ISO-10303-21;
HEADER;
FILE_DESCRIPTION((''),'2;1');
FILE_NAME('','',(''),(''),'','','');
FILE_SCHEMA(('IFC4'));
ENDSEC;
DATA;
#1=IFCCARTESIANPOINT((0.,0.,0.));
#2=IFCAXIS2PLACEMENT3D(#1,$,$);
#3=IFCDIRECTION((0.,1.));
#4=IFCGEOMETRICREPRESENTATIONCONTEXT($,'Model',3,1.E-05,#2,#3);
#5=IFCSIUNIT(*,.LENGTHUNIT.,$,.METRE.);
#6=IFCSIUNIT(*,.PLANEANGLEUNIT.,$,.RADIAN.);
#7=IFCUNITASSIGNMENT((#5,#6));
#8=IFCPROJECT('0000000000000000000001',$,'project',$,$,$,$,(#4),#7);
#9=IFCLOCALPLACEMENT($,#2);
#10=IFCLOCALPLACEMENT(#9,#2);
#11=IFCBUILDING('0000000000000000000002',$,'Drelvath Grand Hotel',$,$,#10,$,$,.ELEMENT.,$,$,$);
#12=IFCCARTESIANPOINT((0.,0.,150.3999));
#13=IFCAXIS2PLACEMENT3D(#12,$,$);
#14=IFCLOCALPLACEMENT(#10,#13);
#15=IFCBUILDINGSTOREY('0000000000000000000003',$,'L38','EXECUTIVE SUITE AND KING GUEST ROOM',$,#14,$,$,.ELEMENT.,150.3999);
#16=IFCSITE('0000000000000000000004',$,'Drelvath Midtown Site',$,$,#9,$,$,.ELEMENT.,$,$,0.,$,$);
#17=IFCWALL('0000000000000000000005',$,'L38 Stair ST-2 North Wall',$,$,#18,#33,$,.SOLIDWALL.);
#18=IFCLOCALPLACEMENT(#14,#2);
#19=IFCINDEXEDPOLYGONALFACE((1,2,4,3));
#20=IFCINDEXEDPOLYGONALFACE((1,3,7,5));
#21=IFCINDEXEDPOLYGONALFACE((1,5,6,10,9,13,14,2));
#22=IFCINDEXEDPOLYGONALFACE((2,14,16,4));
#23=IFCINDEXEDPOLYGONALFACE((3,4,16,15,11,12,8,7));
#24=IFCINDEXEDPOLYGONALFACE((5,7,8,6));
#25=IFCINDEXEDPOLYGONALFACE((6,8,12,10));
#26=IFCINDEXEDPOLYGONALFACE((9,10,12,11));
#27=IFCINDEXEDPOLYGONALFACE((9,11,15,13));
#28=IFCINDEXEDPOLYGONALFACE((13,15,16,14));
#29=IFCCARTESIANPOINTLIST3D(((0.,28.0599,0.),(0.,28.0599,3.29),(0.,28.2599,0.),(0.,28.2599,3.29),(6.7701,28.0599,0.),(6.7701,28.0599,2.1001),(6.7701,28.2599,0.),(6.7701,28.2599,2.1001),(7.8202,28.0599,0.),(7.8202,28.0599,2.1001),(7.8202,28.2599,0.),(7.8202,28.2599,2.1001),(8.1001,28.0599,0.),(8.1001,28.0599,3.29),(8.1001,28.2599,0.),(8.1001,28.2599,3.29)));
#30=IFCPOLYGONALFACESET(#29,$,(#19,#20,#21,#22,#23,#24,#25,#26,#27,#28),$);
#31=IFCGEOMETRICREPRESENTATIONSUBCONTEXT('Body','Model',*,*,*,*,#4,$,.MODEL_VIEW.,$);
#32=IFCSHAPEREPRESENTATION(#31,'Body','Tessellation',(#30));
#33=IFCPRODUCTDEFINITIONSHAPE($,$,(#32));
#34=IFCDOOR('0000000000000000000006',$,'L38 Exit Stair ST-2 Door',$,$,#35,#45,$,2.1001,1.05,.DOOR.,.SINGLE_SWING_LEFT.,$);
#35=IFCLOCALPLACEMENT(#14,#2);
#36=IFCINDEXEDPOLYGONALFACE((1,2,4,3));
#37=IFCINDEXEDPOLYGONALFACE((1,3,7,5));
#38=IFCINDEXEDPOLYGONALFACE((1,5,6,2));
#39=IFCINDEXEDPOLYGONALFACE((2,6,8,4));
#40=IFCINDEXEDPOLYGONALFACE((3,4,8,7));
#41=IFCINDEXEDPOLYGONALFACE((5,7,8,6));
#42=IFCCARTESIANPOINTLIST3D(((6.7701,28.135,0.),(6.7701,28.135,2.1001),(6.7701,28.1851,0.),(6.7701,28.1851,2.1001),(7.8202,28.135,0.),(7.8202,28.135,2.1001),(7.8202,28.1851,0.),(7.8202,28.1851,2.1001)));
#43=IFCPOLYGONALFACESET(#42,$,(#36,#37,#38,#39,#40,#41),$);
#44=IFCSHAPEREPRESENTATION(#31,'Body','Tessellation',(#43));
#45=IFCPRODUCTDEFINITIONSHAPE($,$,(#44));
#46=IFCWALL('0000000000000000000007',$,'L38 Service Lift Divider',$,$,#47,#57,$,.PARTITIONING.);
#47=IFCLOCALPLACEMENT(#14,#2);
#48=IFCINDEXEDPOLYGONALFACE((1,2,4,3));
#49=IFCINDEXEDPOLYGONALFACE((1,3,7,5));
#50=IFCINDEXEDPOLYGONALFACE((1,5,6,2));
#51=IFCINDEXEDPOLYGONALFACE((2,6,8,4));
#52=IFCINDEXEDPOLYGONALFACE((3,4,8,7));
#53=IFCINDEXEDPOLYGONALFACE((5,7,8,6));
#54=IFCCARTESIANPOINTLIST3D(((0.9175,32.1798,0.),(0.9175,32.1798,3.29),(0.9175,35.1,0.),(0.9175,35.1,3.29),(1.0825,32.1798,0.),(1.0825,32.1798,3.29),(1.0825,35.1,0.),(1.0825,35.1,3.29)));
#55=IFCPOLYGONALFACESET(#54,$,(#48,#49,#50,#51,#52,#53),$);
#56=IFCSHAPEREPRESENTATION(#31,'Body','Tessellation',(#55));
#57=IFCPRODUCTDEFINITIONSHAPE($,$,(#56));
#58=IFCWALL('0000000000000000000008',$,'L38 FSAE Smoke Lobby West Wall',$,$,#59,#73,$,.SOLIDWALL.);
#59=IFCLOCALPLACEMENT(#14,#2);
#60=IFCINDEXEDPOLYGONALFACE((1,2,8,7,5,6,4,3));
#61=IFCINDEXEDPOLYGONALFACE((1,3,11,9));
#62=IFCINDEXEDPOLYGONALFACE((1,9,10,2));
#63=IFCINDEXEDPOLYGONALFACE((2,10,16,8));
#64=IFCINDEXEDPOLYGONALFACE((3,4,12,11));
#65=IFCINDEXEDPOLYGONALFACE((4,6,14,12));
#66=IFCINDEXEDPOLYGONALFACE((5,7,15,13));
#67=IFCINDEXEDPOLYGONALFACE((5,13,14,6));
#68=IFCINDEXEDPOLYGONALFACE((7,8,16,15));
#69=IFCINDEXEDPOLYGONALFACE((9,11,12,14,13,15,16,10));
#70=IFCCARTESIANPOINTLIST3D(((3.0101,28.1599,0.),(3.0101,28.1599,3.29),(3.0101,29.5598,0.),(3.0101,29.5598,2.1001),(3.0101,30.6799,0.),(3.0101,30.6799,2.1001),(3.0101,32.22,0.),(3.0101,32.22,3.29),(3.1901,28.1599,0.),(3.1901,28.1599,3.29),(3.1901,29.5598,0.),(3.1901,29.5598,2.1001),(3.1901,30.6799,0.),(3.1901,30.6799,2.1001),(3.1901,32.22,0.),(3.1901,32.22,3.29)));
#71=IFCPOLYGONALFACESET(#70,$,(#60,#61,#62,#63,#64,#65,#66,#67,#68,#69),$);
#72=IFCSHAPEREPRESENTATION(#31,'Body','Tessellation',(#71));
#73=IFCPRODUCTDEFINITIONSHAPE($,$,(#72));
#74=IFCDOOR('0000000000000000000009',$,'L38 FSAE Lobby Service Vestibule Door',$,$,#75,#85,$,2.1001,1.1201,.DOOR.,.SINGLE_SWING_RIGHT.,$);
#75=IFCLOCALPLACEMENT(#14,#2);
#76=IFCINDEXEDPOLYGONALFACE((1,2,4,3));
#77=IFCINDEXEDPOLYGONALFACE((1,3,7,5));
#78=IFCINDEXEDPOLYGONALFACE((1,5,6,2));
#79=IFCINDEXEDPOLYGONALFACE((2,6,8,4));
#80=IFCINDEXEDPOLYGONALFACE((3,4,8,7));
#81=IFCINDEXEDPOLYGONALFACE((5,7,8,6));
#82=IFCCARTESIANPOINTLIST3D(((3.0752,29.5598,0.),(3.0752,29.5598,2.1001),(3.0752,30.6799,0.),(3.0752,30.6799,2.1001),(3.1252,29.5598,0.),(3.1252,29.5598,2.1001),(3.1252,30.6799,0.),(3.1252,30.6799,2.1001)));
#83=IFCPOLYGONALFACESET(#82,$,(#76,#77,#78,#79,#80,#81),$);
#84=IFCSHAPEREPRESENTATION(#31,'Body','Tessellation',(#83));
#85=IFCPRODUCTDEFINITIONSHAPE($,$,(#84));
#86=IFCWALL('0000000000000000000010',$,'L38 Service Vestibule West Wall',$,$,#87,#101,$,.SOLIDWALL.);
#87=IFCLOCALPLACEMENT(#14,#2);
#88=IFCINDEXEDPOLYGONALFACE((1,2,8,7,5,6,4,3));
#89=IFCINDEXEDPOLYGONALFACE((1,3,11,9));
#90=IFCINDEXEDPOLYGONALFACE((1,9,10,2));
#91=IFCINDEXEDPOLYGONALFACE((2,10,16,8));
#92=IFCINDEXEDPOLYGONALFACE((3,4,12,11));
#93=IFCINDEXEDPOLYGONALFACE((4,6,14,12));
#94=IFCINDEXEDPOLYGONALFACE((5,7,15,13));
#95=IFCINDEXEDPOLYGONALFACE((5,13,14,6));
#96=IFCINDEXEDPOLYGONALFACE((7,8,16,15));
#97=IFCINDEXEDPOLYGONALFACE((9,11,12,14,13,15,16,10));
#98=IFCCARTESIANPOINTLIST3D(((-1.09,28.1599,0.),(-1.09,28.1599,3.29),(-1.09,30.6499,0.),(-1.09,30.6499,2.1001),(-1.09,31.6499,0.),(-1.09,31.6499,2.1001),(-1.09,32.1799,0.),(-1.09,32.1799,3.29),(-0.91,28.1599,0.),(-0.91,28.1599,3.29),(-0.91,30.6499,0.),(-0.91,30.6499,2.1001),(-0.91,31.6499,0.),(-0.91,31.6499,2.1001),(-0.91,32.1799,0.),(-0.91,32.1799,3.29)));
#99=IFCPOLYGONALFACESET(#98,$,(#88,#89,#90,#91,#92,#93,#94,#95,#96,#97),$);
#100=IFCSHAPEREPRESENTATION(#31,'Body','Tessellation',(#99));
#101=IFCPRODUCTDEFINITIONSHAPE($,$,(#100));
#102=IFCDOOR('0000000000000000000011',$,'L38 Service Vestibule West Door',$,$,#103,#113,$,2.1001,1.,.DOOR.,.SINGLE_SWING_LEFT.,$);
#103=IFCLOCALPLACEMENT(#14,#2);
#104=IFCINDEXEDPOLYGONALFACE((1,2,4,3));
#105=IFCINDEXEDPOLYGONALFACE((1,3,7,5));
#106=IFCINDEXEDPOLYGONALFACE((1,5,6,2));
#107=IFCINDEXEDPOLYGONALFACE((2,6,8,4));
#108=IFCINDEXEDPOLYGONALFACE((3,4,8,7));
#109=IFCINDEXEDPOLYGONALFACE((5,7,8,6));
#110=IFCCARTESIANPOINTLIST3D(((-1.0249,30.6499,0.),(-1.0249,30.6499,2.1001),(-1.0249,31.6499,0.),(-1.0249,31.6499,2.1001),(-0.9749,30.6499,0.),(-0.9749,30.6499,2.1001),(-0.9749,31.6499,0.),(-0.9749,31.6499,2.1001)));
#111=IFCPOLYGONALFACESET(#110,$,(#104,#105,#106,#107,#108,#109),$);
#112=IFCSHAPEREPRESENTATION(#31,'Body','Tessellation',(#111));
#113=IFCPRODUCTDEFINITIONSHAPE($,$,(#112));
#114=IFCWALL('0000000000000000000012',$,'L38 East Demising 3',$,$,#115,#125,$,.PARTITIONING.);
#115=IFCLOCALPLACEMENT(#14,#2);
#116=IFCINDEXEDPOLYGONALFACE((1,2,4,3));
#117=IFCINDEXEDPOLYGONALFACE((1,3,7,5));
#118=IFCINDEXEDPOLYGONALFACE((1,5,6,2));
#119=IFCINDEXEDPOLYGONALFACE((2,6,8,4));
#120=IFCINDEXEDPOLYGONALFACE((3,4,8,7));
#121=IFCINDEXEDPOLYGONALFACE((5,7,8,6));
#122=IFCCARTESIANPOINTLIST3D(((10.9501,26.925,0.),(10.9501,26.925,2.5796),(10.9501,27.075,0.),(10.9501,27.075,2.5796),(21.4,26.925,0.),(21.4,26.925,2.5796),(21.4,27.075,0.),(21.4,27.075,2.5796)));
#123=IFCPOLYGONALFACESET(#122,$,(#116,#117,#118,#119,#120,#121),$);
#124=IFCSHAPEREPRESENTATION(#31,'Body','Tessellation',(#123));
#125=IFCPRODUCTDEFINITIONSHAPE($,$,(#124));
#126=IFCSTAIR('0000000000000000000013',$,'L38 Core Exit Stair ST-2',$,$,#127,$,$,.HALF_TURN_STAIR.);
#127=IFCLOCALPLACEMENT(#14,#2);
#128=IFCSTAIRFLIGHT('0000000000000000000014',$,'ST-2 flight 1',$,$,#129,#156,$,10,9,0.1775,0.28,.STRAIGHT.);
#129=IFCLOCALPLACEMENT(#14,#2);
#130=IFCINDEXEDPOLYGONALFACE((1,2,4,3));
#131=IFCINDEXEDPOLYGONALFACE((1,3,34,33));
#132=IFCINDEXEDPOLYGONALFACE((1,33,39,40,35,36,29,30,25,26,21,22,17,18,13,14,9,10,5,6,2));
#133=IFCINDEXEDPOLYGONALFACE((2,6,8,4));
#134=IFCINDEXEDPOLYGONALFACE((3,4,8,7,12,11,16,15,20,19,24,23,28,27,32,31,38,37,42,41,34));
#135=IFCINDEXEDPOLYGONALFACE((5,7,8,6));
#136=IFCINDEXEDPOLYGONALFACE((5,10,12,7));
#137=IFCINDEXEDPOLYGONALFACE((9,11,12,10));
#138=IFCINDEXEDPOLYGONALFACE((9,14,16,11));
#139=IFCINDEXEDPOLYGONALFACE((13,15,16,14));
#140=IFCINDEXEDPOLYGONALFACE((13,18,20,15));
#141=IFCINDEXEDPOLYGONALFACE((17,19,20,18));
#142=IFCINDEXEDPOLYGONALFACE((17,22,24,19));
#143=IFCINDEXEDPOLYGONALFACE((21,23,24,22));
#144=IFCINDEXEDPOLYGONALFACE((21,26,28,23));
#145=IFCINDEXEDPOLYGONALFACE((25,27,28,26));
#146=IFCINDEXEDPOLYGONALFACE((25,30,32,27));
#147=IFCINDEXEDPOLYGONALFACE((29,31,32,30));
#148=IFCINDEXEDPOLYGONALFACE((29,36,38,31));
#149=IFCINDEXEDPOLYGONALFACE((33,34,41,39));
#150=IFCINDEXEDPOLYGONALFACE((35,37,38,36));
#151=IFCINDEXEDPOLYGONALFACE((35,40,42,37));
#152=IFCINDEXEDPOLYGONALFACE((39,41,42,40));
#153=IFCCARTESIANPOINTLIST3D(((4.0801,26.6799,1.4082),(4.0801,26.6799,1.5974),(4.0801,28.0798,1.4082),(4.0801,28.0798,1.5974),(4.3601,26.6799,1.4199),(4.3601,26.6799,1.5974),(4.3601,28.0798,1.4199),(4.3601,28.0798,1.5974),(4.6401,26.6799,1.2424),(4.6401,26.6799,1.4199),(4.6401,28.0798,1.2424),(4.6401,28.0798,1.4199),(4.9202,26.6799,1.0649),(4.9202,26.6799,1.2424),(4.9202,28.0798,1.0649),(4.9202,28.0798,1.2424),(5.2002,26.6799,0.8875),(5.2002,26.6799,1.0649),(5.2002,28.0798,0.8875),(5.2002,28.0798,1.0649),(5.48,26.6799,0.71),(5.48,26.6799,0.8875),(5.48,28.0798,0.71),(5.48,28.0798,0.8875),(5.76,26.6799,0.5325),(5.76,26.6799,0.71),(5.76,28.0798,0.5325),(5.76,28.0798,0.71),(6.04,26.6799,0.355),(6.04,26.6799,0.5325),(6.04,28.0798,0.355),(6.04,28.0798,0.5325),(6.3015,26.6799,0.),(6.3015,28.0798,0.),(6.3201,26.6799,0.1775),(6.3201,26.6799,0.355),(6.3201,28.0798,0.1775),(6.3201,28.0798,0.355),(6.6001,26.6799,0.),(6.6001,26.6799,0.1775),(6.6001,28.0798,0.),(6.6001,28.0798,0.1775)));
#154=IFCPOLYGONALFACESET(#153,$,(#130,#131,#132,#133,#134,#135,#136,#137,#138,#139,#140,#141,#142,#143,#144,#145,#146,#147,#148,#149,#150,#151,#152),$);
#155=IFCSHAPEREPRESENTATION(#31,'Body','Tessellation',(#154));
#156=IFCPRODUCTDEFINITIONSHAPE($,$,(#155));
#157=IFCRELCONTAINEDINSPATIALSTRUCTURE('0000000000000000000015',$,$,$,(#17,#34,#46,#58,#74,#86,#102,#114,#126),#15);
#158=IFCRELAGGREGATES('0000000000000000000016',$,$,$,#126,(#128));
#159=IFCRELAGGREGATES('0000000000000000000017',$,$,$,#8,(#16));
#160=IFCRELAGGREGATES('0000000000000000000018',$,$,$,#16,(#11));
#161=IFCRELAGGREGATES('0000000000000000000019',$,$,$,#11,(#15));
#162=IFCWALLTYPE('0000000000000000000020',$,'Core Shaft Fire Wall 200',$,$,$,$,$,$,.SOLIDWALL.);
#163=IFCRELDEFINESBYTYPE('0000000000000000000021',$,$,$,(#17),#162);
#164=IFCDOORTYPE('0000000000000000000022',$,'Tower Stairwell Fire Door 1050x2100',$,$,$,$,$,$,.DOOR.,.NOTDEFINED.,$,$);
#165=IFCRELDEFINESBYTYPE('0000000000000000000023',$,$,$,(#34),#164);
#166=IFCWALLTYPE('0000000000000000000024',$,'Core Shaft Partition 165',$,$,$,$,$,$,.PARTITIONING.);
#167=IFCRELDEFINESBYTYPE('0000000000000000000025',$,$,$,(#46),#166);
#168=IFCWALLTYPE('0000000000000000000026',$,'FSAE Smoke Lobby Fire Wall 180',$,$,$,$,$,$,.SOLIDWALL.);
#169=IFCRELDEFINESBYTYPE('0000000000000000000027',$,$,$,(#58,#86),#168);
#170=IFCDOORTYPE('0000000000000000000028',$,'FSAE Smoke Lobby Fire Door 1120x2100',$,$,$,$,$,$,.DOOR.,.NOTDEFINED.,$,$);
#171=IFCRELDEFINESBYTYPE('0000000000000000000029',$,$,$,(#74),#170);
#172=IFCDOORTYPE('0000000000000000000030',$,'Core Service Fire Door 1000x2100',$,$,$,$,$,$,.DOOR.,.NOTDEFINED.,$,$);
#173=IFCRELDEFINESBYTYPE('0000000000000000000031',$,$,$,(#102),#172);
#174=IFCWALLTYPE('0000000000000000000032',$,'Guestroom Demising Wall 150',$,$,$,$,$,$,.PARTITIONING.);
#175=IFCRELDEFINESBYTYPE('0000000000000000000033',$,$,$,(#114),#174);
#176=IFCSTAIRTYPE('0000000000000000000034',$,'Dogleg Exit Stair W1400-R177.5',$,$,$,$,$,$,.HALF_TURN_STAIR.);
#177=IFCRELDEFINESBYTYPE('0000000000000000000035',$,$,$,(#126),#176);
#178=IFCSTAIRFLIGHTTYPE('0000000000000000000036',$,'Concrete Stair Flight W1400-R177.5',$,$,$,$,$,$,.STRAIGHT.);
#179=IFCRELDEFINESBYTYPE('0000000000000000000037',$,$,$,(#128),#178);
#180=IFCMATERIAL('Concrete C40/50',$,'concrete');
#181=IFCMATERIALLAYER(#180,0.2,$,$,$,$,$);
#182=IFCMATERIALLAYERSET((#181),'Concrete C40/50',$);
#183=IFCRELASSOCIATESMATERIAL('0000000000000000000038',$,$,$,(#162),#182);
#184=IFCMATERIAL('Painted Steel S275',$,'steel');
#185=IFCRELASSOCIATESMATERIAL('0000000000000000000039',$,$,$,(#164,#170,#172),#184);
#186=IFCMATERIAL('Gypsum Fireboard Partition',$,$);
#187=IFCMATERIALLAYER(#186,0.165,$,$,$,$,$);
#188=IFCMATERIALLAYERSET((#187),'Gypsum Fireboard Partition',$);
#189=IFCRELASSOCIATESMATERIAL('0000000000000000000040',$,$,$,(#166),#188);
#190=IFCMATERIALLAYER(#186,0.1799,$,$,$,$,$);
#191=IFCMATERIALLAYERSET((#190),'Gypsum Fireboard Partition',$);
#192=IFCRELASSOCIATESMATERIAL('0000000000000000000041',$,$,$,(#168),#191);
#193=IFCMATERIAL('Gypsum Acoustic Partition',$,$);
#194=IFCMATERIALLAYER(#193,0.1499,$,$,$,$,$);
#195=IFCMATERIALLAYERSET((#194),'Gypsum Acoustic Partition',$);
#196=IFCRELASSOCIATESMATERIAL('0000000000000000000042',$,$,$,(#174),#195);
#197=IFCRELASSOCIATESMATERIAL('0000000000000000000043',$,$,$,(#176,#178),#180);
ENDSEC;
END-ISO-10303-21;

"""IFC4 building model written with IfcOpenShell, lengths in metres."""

from ifc_helpers import new_model, si_unit, direction, frame, frame_2d, origin, place, context, subcontext, project, spatial, polyline, rectangle, outline, extrude, material, layer, layer_set, type_object, element, fill, aggregate, save


model = new_model("IFC4")

# Units and contexts
model_context = context("Model", 3, precision=1e-05, world=origin(), true_north=direction((0.0, 1.0)))
body_context = subcontext(model_context, "Body", "Model", "MODEL_VIEW")
ifc_project = project(units=[si_unit("LENGTHUNIT", "METRE"), si_unit("PLANEANGLEUNIT", "RADIAN")], contexts=[model_context])

# Site, building, storey
site_placement = place(None, origin())
site = spatial("IfcSite", under=ifc_project, at=site_placement, Name="Drelvath Midtown Site", CompositionType="ELEMENT", RefElevation=0.0)
building_placement = place(site_placement, origin())
building = spatial("IfcBuilding", under=site, at=building_placement, Name="Drelvath Grand Hotel", CompositionType="ELEMENT")
storey_placement = place(building_placement, frame((0.0, 0.0, 150.3999)))
storey = spatial("IfcBuildingStorey", under=building, at=storey_placement, Name="L38", Description="EXECUTIVE SUITE AND KING GUEST ROOM", CompositionType="ELEMENT", Elevation=150.3999)

# Shared definitions
ifc_material_1 = material(Name="Concrete C40/50", Category="concrete")

# Wall, opening, door
ifc_layer_1 = layer(ifc_material_1, 0.2)
ifc_layer_set_1 = layer_set([ifc_layer_1], Name="Concrete C40/50")
wall_type_1 = type_object("IfcWallType", Name="Core Shaft Fire Wall 200", PredefinedType="SOLIDWALL", material=ifc_layer_set_1)
wall_1_placement = place(storey_placement, frame((8.1001, 28.1599, 0.0), z_axis=(0.0, 0.0, 1.0), x_axis=(-1.0, 0.0, 0.0)))
wall_1 = element("IfcWall", 1, at=wall_1_placement, inside=storey, type_object=wall_type_1, Name="L38 Stair ST-2 North Wall", PredefinedType="SOLIDWALL", context=body_context, shape_type="SweptSolid", body=[
    extrude(rectangle(XDim=8.1001, YDim=0.2, at=frame_2d((4.05, 0.0))), origin(), (0.0, 0.0, 1.0), 3.29),
])
opening_1_placement = place(wall_1_placement, frame((0.28, 0.0, 0.0)))
opening_1 = element("IfcOpeningElement", 2, at=opening_1_placement, cuts=wall_1, PredefinedType="OPENING", context=body_context, shape_type="SweptSolid", body=[
    extrude(rectangle(XDim=1.05, YDim=2.1001, at=frame_2d((0.5249, 1.05))), frame((0.0, 0.1099, 0.0), z_axis=(0.0, -1.0, 0.0), x_axis=(1.0, 0.0, 0.0)), (0.0, 0.0, 1.0), 0.22),
])
ifc_material_2 = material(Name="Painted Steel S275", Category="steel")
door_type_1 = type_object("IfcDoorType", Name="Tower Stairwell Fire Door 1050x2100", OperationType="NOTDEFINED", PredefinedType="DOOR", material=ifc_material_2)
door_1_placement = place(opening_1_placement, origin())
door_1 = element("IfcDoor", 3, at=door_1_placement, inside=storey, type_object=door_type_1, Name="L38 Exit Stair ST-2 Door", OperationType="SINGLE_SWING_LEFT", OverallHeight=2.1001, OverallWidth=1.05, PredefinedType="DOOR", context=body_context, shape_type="SweptSolid", body=[
    extrude(rectangle(XDim=1.05, YDim=2.1001, at=frame_2d((0.5249, 1.05))), frame((0.0, 0.0249, 0.0), z_axis=(0.0, -1.0, 0.0), x_axis=(1.0, 0.0, 0.0)), (0.0, 0.0, 1.0), 0.05),
])
fill(opening_1, door_1)

# Wall
ifc_material_3 = material(Name="Gypsum Fireboard Partition")
ifc_layer_2 = layer(ifc_material_3, 0.165)
ifc_layer_set_2 = layer_set([ifc_layer_2], Name="Gypsum Fireboard Partition")
wall_type_2 = type_object("IfcWallType", Name="Core Shaft Partition 165", PredefinedType="PARTITIONING", material=ifc_layer_set_2)
wall_2_placement = place(storey_placement, frame((1.0, 32.1799, 0.0), z_axis=(0.0, 0.0, 1.0), x_axis=(0.0, 1.0, 0.0)))
element("IfcWall", 4, at=wall_2_placement, inside=storey, type_object=wall_type_2, Name="L38 Service Lift Divider", PredefinedType="PARTITIONING", context=body_context, shape_type="SweptSolid", body=[
    extrude(rectangle(XDim=2.9202, YDim=0.165, at=frame_2d((1.46, 0.0))), origin(), (0.0, 0.0, 1.0), 3.29),
])

# Walls, openings, doors
ifc_layer_3 = layer(ifc_material_3, 0.1799)
ifc_layer_set_3 = layer_set([ifc_layer_3], Name="Gypsum Fireboard Partition")
wall_type_3 = type_object("IfcWallType", Name="FSAE Smoke Lobby Fire Wall 180", PredefinedType="SOLIDWALL", material=ifc_layer_set_3)
wall_3_placement = place(storey_placement, frame((3.1001, 28.1599, 0.0), z_axis=(0.0, 0.0, 1.0), x_axis=(0.0, 1.0, 0.0)))
wall_3 = element("IfcWall", 5, at=wall_3_placement, inside=storey, type_object=wall_type_3, Name="L38 FSAE Smoke Lobby West Wall", PredefinedType="SOLIDWALL", context=body_context, shape_type="SweptSolid", body=[
    extrude(rectangle(XDim=4.0601, YDim=0.1799, at=frame_2d((2.03, 0.0))), origin(), (0.0, 0.0, 1.0), 3.29),
])
opening_2_placement = place(wall_3_placement, frame((1.3999, 0.0, 0.0)))
opening_2 = element("IfcOpeningElement", 6, at=opening_2_placement, cuts=wall_3, PredefinedType="OPENING", context=body_context, shape_type="SweptSolid", body=[
    extrude(rectangle(XDim=1.1201, YDim=2.1001, at=frame_2d((0.5601, 1.05))), frame((0.0, 0.0999, 0.0), z_axis=(0.0, -1.0, 0.0), x_axis=(1.0, 0.0, 0.0)), (0.0, 0.0, 1.0), 0.2),
])
door_type_2 = type_object("IfcDoorType", Name="FSAE Smoke Lobby Fire Door 1120x2100", OperationType="NOTDEFINED", PredefinedType="DOOR", material=ifc_material_2)
door_2_placement = place(opening_2_placement, origin())
door_2 = element("IfcDoor", 7, at=door_2_placement, inside=storey, type_object=door_type_2, Name="L38 FSAE Lobby Service Vestibule Door", OperationType="SINGLE_SWING_RIGHT", OverallHeight=2.1001, OverallWidth=1.1201, PredefinedType="DOOR", context=body_context, shape_type="SweptSolid", body=[
    extrude(rectangle(XDim=1.1201, YDim=2.1001, at=frame_2d((0.5601, 1.05))), frame((0.0, 0.0249, 0.0), z_axis=(0.0, -1.0, 0.0), x_axis=(1.0, 0.0, 0.0)), (0.0, 0.0, 1.0), 0.05),
])
fill(opening_2, door_2)
wall_4_placement = place(storey_placement, frame((-1.0, 28.1599, 0.0), z_axis=(0.0, 0.0, 1.0), x_axis=(0.0, 1.0, 0.0)))
wall_4 = element("IfcWall", 8, at=wall_4_placement, inside=storey, type_object=wall_type_3, Name="L38 Service Vestibule West Wall", PredefinedType="SOLIDWALL", context=body_context, shape_type="SweptSolid", body=[
    extrude(rectangle(XDim=4.02, YDim=0.1799, at=frame_2d((2.01, 0.0))), origin(), (0.0, 0.0, 1.0), 3.29),
])
opening_3_placement = place(wall_4_placement, frame((2.49, 0.0, 0.0)))
opening_3 = element("IfcOpeningElement", 9, at=opening_3_placement, cuts=wall_4, PredefinedType="OPENING", context=body_context, shape_type="SweptSolid", body=[
    extrude(rectangle(XDim=1.0, YDim=2.1001, at=frame_2d((0.5, 1.05))), frame((0.0, 0.0999, 0.0), z_axis=(0.0, -1.0, 0.0), x_axis=(1.0, 0.0, 0.0)), (0.0, 0.0, 1.0), 0.2),
])
door_type_3 = type_object("IfcDoorType", Name="Core Service Fire Door 1000x2100", OperationType="NOTDEFINED", PredefinedType="DOOR", material=ifc_material_2)
door_3_placement = place(opening_3_placement, origin())
door_3 = element("IfcDoor", 10, at=door_3_placement, inside=storey, type_object=door_type_3, Name="L38 Service Vestibule West Door", OperationType="SINGLE_SWING_LEFT", OverallHeight=2.1001, OverallWidth=1.0, PredefinedType="DOOR", context=body_context, shape_type="SweptSolid", body=[
    extrude(rectangle(XDim=1.0, YDim=2.1001, at=frame_2d((0.5, 1.05))), frame((0.0, 0.0249, 0.0), z_axis=(0.0, -1.0, 0.0), x_axis=(1.0, 0.0, 0.0)), (0.0, 0.0, 1.0), 0.05),
])
fill(opening_3, door_3)

# Wall
ifc_material_4 = material(Name="Gypsum Acoustic Partition")
ifc_layer_4 = layer(ifc_material_4, 0.1499)
ifc_layer_set_4 = layer_set([ifc_layer_4], Name="Gypsum Acoustic Partition")
wall_type_4 = type_object("IfcWallType", Name="Guestroom Demising Wall 150", PredefinedType="PARTITIONING", material=ifc_layer_set_4)
wall_5_placement = place(storey_placement, frame((10.95, 27.0, 0.0), z_axis=(0.0, 0.0, 1.0), x_axis=(1.0, 0.0, 0.0)))
element("IfcWall", 11, at=wall_5_placement, inside=storey, type_object=wall_type_4, Name="L38 East Demising 3", PredefinedType="PARTITIONING", context=body_context, shape_type="SweptSolid", body=[
    extrude(rectangle(XDim=10.45, YDim=0.1499, at=frame_2d((5.2251, 0.0))), origin(), (0.0, 0.0, 1.0), 2.5796),
])

# Stair, stair flight
stair_type = type_object("IfcStairType", Name="Dogleg Exit Stair W1400-R177.5", PredefinedType="HALF_TURN_STAIR", material=ifc_material_1)
stair_placement = place(storey_placement, origin())
stair = element("IfcStair", 12, at=stair_placement, inside=storey, type_object=stair_type, Name="L38 Core Exit Stair ST-2", PredefinedType="HALF_TURN_STAIR")
stair_flight_type = type_object("IfcStairFlightType", Name="Concrete Stair Flight W1400-R177.5", PredefinedType="STRAIGHT", material=ifc_material_1)
stair_flight_placement = place(storey_placement, frame((6.6001, 27.3799, 0.0), z_axis=(0.0, 0.0, 1.0), x_axis=(-1.0, 0.0, 0.0)))
stair_flight = element("IfcStairFlight", 13, at=stair_flight_placement, type_object=stair_flight_type, Name="ST-2 flight 1", NumberOfRisers=10, NumberOfTreads=9, PredefinedType="STRAIGHT", RiserHeight=0.1775, TreadLength=0.28, context=body_context, shape_type="SweptSolid", body=[
    extrude(outline(polyline([(0.0, 0.0), (0.0, 0.1775), (0.28, 0.1775), (0.28, 0.355), (0.5601, 0.355), (0.5601, 0.5325), (0.8401, 0.5325), (0.8401, 0.71), (1.1201, 0.71), (1.1201, 0.8875), (1.3999, 0.8875), (1.3999, 1.0649), (1.6799, 1.0649), (1.6799, 1.2424), (1.96, 1.2424), (1.96, 1.4199), (2.24, 1.4199), (2.24, 1.5974), (2.52, 1.5974), (2.52, 1.7749), (2.52, 1.4082), (0.2986, 0.0), (0.0, 0.0)])), frame((0.0, 0.7, 0.0), z_axis=(0.0, -1.0, 0.0), x_axis=(1.0, 0.0, 0.0)), (0.0, 0.0, 1.0), 1.3999),
])
aggregate(stair, [stair_flight])

save(model, "model.ifc")
